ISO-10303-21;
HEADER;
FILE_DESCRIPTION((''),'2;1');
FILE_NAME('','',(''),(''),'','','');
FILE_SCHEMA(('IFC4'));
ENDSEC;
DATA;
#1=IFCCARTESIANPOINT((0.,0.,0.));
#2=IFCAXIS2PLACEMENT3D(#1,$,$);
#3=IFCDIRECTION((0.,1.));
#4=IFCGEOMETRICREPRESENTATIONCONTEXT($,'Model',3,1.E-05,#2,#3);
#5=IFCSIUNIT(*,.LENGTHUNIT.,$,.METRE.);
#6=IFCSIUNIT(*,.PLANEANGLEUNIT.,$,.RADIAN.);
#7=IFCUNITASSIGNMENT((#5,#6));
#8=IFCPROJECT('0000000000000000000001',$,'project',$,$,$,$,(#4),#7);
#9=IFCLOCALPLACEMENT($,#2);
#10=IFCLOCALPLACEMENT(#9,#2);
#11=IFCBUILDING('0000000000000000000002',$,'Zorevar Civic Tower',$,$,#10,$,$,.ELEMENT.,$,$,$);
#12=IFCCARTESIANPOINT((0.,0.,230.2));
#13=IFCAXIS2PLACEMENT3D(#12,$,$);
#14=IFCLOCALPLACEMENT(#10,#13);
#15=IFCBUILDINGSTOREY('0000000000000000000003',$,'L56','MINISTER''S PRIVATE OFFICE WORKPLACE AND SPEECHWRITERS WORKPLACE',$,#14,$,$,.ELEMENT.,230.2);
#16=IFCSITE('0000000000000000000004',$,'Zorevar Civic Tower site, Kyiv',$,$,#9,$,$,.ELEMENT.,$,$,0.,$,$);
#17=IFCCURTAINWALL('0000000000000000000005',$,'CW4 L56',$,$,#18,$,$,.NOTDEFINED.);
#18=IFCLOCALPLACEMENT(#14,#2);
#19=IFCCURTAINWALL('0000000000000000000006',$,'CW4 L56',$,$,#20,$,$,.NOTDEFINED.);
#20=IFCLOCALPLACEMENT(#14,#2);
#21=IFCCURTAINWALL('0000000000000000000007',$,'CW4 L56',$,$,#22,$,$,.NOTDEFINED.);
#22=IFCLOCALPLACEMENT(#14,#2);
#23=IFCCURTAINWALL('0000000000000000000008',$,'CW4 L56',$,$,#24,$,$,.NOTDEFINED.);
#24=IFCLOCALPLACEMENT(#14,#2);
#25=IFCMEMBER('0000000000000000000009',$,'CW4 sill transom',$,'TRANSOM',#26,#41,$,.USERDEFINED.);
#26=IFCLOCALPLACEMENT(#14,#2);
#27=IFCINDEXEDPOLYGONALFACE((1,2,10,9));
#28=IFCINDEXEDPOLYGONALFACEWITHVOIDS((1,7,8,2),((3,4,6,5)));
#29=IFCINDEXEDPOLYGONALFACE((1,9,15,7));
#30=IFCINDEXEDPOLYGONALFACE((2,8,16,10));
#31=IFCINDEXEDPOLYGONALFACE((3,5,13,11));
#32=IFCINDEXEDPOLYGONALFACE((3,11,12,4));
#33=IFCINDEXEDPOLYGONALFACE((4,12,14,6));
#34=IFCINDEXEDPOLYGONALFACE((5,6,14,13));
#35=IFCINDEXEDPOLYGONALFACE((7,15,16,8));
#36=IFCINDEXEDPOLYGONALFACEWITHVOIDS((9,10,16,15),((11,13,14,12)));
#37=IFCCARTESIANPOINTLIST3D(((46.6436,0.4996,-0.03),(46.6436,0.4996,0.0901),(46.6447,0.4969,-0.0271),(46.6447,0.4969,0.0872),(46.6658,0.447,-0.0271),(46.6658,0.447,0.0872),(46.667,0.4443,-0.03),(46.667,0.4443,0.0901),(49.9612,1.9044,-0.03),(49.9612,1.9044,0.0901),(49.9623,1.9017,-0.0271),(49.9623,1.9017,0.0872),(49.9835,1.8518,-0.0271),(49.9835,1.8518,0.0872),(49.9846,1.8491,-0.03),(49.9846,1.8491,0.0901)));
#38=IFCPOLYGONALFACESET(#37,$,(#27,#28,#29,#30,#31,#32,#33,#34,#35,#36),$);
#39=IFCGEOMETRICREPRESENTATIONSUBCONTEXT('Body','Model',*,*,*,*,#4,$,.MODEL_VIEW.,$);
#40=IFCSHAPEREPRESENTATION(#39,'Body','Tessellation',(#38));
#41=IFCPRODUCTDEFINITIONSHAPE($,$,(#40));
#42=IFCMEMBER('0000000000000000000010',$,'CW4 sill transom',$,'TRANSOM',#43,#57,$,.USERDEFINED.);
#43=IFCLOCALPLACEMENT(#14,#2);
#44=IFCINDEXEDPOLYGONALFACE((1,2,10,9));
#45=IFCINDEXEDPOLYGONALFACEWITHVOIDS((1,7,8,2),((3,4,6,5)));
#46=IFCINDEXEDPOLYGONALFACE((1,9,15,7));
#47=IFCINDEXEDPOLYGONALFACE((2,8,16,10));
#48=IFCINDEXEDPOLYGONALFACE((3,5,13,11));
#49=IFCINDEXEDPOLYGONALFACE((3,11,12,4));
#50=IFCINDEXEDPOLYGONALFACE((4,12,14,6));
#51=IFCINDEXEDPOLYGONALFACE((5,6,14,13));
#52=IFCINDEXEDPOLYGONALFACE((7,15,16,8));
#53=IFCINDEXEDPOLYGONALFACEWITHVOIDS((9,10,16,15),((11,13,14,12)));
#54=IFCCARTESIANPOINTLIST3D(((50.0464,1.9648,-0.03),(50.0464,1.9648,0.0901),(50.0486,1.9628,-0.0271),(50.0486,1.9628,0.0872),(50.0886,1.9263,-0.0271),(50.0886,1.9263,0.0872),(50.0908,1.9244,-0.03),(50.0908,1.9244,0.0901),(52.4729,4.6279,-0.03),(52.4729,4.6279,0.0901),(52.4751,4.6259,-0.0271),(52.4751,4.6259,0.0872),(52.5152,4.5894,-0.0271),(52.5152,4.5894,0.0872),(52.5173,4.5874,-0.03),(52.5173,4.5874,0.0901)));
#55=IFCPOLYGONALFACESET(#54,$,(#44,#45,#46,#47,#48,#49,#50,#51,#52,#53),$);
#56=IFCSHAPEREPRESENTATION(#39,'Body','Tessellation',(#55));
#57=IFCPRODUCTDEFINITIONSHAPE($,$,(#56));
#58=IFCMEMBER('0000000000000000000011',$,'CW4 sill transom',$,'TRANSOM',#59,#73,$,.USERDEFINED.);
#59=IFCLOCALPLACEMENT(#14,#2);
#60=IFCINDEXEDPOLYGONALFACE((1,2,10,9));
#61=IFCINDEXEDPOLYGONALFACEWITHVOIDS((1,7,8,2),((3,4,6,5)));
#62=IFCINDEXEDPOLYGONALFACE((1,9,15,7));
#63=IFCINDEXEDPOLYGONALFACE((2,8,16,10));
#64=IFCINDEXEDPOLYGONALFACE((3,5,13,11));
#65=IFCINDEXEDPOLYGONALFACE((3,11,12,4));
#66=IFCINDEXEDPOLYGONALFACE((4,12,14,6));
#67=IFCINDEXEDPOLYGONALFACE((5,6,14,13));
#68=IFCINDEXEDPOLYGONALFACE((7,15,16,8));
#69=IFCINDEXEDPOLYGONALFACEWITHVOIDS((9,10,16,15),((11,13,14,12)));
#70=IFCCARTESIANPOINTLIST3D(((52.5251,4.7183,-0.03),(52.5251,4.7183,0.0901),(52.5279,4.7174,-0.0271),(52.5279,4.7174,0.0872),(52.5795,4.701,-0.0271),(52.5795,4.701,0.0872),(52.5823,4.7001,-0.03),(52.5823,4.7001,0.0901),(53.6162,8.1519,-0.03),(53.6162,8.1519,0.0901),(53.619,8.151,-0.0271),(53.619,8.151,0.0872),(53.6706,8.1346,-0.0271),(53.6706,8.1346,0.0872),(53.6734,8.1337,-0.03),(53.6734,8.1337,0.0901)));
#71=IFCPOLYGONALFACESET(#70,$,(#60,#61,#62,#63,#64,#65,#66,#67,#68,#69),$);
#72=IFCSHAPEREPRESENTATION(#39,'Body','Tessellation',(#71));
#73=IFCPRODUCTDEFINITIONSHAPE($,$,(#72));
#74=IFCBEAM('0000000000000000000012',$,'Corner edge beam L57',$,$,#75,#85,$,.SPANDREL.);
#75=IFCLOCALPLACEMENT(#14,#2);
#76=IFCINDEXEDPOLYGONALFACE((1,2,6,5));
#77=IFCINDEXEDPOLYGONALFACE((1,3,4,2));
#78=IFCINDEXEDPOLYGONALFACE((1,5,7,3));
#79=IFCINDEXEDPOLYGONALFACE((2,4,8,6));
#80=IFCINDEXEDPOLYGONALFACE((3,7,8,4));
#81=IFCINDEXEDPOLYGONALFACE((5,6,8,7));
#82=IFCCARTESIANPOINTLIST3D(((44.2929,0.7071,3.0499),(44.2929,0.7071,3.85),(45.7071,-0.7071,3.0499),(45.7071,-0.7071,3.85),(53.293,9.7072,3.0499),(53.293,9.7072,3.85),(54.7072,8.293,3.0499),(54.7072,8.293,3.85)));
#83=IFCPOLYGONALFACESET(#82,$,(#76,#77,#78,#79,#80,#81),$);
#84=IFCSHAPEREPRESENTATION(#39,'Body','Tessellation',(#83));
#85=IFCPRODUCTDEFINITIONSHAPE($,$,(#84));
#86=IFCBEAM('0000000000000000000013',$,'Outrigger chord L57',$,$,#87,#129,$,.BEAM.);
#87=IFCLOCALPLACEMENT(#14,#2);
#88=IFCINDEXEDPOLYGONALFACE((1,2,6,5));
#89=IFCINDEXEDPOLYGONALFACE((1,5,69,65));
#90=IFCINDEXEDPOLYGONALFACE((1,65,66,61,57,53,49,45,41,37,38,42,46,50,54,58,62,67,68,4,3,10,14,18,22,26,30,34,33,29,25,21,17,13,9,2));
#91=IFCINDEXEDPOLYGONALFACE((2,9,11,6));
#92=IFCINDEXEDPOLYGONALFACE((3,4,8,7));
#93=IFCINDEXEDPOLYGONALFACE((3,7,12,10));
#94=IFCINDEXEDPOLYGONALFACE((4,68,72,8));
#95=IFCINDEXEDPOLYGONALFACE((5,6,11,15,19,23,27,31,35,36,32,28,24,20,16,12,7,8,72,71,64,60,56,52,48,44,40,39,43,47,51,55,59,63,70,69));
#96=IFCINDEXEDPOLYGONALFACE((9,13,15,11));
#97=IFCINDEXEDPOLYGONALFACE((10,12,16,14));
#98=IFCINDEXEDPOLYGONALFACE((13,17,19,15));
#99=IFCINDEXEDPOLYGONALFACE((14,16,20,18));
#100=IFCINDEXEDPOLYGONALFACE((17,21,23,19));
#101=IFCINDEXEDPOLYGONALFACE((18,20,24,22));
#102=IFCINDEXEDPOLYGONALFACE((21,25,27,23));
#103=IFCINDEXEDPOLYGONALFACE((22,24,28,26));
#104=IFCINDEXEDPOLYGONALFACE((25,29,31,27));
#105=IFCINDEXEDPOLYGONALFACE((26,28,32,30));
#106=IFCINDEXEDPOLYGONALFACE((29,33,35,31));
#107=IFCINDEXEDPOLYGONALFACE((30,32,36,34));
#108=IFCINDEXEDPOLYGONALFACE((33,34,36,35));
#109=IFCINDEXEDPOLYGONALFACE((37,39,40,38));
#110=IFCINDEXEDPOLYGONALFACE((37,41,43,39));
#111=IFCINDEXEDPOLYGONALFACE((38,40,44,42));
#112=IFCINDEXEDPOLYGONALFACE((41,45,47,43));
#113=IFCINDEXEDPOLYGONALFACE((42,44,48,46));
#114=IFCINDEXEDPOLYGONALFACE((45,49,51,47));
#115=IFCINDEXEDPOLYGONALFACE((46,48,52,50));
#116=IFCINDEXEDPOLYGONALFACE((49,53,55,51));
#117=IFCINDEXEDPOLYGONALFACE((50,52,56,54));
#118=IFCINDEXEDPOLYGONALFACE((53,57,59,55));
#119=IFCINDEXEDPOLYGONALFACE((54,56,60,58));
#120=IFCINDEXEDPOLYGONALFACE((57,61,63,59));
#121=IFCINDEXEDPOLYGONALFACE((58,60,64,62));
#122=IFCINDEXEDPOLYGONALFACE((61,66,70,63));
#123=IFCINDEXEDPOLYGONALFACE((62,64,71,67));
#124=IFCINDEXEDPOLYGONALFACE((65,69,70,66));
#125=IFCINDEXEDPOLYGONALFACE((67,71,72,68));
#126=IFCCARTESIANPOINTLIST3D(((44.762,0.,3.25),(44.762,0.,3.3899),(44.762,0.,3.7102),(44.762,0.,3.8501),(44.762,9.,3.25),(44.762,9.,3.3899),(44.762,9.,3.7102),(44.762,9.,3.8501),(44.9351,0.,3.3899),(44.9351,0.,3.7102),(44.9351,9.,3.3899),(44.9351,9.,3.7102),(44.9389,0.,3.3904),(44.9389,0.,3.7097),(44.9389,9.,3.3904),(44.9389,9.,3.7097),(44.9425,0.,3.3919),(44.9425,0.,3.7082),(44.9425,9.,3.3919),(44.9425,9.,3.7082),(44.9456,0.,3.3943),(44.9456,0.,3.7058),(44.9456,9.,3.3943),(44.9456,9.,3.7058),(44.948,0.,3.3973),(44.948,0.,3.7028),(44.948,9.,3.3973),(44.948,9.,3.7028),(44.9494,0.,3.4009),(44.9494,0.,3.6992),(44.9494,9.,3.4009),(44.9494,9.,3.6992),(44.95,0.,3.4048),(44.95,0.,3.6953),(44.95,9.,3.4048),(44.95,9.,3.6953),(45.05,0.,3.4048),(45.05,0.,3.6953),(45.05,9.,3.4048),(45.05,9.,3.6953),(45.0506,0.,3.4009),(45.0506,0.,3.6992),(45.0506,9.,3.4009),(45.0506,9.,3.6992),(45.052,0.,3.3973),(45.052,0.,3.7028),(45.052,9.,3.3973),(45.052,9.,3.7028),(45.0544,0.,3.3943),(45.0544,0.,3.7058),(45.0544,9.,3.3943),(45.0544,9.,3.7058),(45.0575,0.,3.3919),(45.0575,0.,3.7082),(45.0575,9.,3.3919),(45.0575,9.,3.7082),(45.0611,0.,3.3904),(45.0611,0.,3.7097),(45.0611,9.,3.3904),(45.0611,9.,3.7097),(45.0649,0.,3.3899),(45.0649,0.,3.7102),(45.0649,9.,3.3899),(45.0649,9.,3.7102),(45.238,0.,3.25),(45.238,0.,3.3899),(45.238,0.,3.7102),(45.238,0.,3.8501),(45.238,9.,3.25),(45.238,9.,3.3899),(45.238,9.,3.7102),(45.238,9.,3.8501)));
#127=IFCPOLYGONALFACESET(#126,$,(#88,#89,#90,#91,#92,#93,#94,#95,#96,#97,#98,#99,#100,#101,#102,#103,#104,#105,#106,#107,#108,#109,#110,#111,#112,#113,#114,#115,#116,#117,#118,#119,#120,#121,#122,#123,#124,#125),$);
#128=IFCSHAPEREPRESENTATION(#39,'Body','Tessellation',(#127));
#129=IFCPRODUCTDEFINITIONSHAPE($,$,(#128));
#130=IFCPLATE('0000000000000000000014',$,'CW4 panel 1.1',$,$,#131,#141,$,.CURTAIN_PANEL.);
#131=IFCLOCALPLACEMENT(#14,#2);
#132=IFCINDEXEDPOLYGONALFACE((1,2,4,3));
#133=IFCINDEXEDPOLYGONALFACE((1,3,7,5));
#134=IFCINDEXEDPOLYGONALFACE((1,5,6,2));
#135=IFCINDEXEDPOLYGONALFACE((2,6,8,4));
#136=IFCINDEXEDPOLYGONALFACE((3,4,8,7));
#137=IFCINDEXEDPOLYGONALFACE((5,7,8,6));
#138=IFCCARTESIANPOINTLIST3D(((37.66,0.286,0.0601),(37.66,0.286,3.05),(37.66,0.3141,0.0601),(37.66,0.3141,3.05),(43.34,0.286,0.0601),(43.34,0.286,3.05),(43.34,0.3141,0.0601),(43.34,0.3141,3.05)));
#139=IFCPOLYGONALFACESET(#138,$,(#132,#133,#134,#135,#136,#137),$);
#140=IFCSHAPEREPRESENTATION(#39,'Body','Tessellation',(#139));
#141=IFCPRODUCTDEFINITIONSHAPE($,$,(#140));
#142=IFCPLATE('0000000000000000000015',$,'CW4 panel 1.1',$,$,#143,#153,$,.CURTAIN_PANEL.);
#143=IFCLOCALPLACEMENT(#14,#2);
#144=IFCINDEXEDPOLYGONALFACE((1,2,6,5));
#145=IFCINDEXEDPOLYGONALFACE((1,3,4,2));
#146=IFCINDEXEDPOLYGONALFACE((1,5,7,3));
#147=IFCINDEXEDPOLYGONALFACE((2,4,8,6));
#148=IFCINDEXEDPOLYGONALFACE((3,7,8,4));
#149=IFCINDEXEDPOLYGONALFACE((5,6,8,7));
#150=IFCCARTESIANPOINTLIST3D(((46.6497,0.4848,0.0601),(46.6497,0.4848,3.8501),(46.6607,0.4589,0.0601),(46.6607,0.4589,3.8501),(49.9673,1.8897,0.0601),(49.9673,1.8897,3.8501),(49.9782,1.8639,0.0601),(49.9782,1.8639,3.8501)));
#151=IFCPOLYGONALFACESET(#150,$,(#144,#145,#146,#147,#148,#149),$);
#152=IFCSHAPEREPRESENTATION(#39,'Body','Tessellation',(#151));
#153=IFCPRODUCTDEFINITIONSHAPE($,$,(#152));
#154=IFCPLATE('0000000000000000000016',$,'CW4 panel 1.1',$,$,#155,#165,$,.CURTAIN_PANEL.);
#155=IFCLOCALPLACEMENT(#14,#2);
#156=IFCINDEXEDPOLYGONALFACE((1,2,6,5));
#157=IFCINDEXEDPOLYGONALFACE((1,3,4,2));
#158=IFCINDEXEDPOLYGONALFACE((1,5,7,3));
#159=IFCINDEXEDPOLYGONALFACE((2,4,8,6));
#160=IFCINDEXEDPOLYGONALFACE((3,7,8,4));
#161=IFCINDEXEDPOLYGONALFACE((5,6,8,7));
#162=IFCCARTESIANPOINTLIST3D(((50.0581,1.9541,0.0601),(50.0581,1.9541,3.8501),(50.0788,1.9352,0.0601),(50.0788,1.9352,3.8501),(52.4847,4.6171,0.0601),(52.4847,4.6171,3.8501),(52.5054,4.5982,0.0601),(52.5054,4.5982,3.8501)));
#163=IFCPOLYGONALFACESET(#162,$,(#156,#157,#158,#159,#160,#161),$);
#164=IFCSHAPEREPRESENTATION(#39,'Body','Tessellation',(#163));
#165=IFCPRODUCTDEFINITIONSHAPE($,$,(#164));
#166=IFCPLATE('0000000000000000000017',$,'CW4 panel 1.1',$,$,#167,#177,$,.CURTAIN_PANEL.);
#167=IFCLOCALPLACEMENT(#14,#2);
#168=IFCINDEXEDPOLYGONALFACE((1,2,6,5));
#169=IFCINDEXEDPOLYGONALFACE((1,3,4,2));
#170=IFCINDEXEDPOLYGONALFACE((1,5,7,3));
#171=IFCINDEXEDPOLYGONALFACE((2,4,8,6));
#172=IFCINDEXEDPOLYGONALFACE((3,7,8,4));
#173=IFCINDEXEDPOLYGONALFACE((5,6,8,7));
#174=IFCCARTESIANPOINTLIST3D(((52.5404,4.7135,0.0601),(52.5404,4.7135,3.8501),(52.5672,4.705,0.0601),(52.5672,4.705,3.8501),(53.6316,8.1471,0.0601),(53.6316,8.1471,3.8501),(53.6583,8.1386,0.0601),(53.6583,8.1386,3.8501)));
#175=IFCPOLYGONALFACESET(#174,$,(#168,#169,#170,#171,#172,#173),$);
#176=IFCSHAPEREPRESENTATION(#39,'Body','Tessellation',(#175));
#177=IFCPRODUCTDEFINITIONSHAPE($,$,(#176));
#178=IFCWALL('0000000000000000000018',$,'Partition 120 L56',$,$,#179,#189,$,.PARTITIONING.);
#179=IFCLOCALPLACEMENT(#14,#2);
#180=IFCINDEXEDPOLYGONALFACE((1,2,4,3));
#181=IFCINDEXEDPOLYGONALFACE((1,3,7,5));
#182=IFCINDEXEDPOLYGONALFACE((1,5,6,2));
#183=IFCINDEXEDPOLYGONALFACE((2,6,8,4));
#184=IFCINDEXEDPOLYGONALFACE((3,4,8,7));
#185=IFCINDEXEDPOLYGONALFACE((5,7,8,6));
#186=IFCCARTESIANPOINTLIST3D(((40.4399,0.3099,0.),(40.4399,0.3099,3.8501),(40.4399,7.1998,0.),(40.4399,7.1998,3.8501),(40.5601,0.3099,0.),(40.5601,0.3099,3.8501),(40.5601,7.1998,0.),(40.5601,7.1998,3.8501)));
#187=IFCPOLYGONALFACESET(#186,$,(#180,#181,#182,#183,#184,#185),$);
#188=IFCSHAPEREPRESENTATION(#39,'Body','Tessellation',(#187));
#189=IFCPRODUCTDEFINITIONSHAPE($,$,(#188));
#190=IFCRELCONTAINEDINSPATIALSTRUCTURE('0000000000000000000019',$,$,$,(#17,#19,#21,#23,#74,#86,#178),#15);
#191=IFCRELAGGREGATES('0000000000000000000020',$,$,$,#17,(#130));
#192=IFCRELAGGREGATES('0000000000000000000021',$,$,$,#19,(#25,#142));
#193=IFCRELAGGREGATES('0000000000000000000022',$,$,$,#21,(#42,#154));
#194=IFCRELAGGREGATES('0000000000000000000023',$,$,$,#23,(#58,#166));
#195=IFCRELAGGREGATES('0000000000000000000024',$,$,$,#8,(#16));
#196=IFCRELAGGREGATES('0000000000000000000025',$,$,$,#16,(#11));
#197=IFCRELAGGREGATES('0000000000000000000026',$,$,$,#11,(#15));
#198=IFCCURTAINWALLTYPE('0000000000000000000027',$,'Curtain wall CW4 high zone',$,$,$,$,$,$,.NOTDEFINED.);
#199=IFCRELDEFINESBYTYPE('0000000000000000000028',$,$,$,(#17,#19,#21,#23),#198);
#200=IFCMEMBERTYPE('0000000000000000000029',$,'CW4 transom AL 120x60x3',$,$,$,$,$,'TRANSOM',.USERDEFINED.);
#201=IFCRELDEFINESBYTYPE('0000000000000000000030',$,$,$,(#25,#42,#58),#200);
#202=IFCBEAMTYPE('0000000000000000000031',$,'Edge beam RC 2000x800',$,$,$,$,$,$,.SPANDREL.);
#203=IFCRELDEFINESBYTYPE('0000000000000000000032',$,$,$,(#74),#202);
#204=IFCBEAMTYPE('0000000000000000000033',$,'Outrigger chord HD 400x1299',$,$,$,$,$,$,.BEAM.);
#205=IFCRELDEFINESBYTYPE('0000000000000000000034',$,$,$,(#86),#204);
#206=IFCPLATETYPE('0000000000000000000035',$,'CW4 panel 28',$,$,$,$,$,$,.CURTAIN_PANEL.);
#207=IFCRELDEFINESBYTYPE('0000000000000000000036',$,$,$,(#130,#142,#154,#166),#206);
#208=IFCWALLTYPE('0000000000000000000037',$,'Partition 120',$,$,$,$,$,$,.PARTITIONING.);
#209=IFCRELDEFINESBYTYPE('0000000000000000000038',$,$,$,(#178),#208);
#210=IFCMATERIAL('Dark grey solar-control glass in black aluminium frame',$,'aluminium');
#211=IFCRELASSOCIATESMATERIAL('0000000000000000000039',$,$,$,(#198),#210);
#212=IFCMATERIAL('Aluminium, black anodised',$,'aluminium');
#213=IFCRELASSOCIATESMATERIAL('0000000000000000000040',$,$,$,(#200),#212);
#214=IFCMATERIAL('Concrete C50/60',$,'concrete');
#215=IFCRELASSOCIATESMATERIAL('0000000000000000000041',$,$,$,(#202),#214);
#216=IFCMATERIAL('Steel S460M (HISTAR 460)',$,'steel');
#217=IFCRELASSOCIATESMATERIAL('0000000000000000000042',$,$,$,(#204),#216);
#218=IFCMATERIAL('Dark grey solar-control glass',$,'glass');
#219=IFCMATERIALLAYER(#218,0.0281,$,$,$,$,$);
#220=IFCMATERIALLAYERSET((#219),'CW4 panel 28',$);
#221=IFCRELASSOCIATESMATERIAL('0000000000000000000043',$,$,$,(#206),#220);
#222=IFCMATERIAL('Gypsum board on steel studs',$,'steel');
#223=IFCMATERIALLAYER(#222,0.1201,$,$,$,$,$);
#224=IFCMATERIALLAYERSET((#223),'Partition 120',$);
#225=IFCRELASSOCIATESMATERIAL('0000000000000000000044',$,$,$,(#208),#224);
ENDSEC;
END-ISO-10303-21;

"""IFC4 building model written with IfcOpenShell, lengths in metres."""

from ifc_helpers import new_model, si_unit, direction, frame, frame_2d, origin, origin_2d, place, context, subcontext, project, spatial, rectangle, hollow_rectangle, i_section, extrude, material, layer, layer_set, material_profile, profile_set, type_object, element, aggregate, save


model = new_model("IFC4")

# Units and contexts
model_context = context("Model", 3, precision=1e-05, world=origin(), true_north=direction((0.0, 1.0)))
body_context = subcontext(model_context, "Body", "Model", "MODEL_VIEW")
ifc_project = project(units=[si_unit("LENGTHUNIT", "METRE"), si_unit("PLANEANGLEUNIT", "RADIAN")], contexts=[model_context])

# Site, building, storey
site_placement = place(None, origin())
site = spatial("IfcSite", under=ifc_project, at=site_placement, Name="Zorevar Civic Tower site, Kyiv", CompositionType="ELEMENT", RefElevation=0.0)
building_placement = place(site_placement, origin())
building = spatial("IfcBuilding", under=site, at=building_placement, Name="Zorevar Civic Tower", CompositionType="ELEMENT")
storey_placement = place(building_placement, frame((0.0, 0.0, 230.2)))
storey = spatial("IfcBuildingStorey", under=building, at=storey_placement, Name="L56", Description="MINISTER'S PRIVATE OFFICE WORKPLACE AND SPEECHWRITERS WORKPLACE", CompositionType="ELEMENT", Elevation=230.2)

# Curtain walls
ifc_material_1 = material(Name="Dark grey solar-control glass in black aluminium frame", Category="aluminium")
curtain_wall_type = type_object("IfcCurtainWallType", Name="Curtain wall CW4 high zone", PredefinedType="NOTDEFINED", material=ifc_material_1)
curtain_wall_1_placement = place(storey_placement, origin())
curtain_wall_1 = element("IfcCurtainWall", 1, at=curtain_wall_1_placement, inside=storey, type_object=curtain_wall_type, Name="CW4 L56", PredefinedType="NOTDEFINED")
curtain_wall_2_placement = place(storey_placement, origin())
curtain_wall_2 = element("IfcCurtainWall", 2, at=curtain_wall_2_placement, inside=storey, type_object=curtain_wall_type, Name="CW4 L56", PredefinedType="NOTDEFINED")
curtain_wall_3_placement = place(storey_placement, origin())
curtain_wall_3 = element("IfcCurtainWall", 3, at=curtain_wall_3_placement, inside=storey, type_object=curtain_wall_type, Name="CW4 L56", PredefinedType="NOTDEFINED")
curtain_wall_4_placement = place(storey_placement, origin())
curtain_wall_4 = element("IfcCurtainWall", 4, at=curtain_wall_4_placement, inside=storey, type_object=curtain_wall_type, Name="CW4 L56", PredefinedType="NOTDEFINED")

# Members
ifc_material_2 = material(Name="Aluminium, black anodised", Category="aluminium")
ifc_material_profile_1 = material_profile(ifc_material_2, hollow_rectangle(XDim=0.0601, YDim=0.1201, WallThickness=0.0029, at=origin_2d()), Name="AL 120x60x3")
ifc_profile_set_1 = profile_set([ifc_material_profile_1], Name="Aluminium, black anodised")
member_type_1 = type_object("IfcMemberType", Name="CW4 transom AL 120x60x3", ElementType="TRANSOM", PredefinedType="USERDEFINED", material=ifc_profile_set_1)
member_1_placement = place(storey_placement, frame((46.6553, 0.4719, 0.03), z_axis=(0.92085, 0.389916, 0.0), x_axis=(-0.389916, 0.92085, 0.0)))
member_1 = element("IfcMember", 5, at=member_1_placement, type_object=member_type_1, Name="CW4 sill transom", ObjectType="TRANSOM", PredefinedType="USERDEFINED", context=body_context, shape_type="SweptSolid", body=[
    extrude(hollow_rectangle(XDim=0.0601, YDim=0.1201, WallThickness=0.0029, at=origin_2d()), origin(), (0.0, 0.0, 1.0), 3.6028),
])
member_2_placement = place(storey_placement, frame((50.0686, 1.9446, 0.03), z_axis=(0.673512, 0.739176, 0.0), x_axis=(-0.739176, 0.673512, 0.0)))
member_2 = element("IfcMember", 6, at=member_2_placement, type_object=member_type_1, Name="CW4 sill transom", ObjectType="TRANSOM", PredefinedType="USERDEFINED", context=body_context, shape_type="SweptSolid", body=[
    extrude(hollow_rectangle(XDim=0.0601, YDim=0.1201, WallThickness=0.0029, at=origin_2d()), origin(), (0.0, 0.0, 1.0), 3.6028),
])
member_3_placement = place(storey_placement, frame((52.5537, 4.7092, 0.03), z_axis=(0.30284, 0.953041, 0.0), x_axis=(-0.953041, 0.30284, 0.0)))
member_3 = element("IfcMember", 7, at=member_3_placement, type_object=member_type_1, Name="CW4 sill transom", ObjectType="TRANSOM", PredefinedType="USERDEFINED", context=body_context, shape_type="SweptSolid", body=[
    extrude(hollow_rectangle(XDim=0.0601, YDim=0.1201, WallThickness=0.0029, at=origin_2d()), origin(), (0.0, 0.0, 1.0), 3.6028),
])

# Beams
ifc_material_3 = material(Name="Concrete C50/60", Category="concrete")
ifc_material_profile_2 = material_profile(ifc_material_3, rectangle(XDim=2.0, YDim=0.8, at=origin_2d()), Name="RC 2000x800")
ifc_profile_set_2 = profile_set([ifc_material_profile_2], Name="Concrete C50/60")
beam_type_1 = type_object("IfcBeamType", Name="Edge beam RC 2000x800", PredefinedType="SPANDREL", material=ifc_profile_set_2)
beam_1_placement = place(storey_placement, frame((45.0, 0.0, 3.45), z_axis=(0.707107, 0.707107, 0.0), x_axis=(-0.707107, 0.707107, 0.0)))
element("IfcBeam", 8, at=beam_1_placement, inside=storey, type_object=beam_type_1, Name="Corner edge beam L57", PredefinedType="SPANDREL", context=body_context, shape_type="SweptSolid", body=[
    extrude(rectangle(XDim=2.0, YDim=0.8, at=origin_2d()), origin(), (0.0, 0.0, 1.0), 12.728),
])
ifc_material_4 = material(Name="Steel S460M (HISTAR 460)", Category="steel")
ifc_material_profile_3 = material_profile(ifc_material_4, i_section(OverallWidth=0.4761, OverallDepth=0.6001, WebThickness=0.1001, FlangeThickness=0.1399, FilletRadius=0.0149, at=origin_2d()), Name="HD 400x1299")
ifc_profile_set_3 = profile_set([ifc_material_profile_3], Name="Steel S460M (HISTAR 460)")
beam_type_2 = type_object("IfcBeamType", Name="Outrigger chord HD 400x1299", PredefinedType="BEAM", material=ifc_profile_set_3)
beam_2_placement = place(storey_placement, frame((45.0, 0.0, 3.55), z_axis=(0.0, 1.0, 0.0), x_axis=(-1.0, 0.0, 0.0)))
element("IfcBeam", 9, at=beam_2_placement, inside=storey, type_object=beam_type_2, Name="Outrigger chord L57", PredefinedType="BEAM", context=body_context, shape_type="SweptSolid", body=[
    extrude(i_section(OverallWidth=0.4761, OverallDepth=0.6001, WebThickness=0.1001, FlangeThickness=0.1399, FilletRadius=0.0149, at=origin_2d()), origin(), (0.0, 0.0, 1.0), 9.0),
])

# Plates
ifc_material_5 = material(Name="Dark grey solar-control glass", Category="glass")
ifc_layer_1 = layer(ifc_material_5, 0.0281)
ifc_layer_set_1 = layer_set([ifc_layer_1], Name="CW4 panel 28")
plate_type = type_object("IfcPlateType", Name="CW4 panel 28", PredefinedType="CURTAIN_PANEL", material=ifc_layer_set_1)
plate_1_placement = place(storey_placement, frame((40.5, 0.3, 0.0601), z_axis=(0.0, 0.0, 1.0), x_axis=(1.0, 0.0, 0.0)))
plate_1 = element("IfcPlate", 10, at=plate_1_placement, type_object=plate_type, Name="CW4 panel 1.1", PredefinedType="CURTAIN_PANEL", context=body_context, shape_type="SweptSolid", body=[
    extrude(rectangle(XDim=5.6799, YDim=0.0281, at=origin_2d()), origin(), (0.0, 0.0, 1.0), 2.99),
])
aggregate(curtain_wall_1, [plate_1])
plate_2_placement = place(storey_placement, frame((48.314, 1.1743, 0.0601), z_axis=(0.0, 0.0, 1.0), x_axis=(0.92083, 0.389965, 0.0)))
plate_2 = element("IfcPlate", 11, at=plate_2_placement, type_object=plate_type, Name="CW4 panel 1.1", PredefinedType="CURTAIN_PANEL", context=body_context, shape_type="SweptSolid", body=[
    extrude(rectangle(XDim=3.6028, YDim=0.0281, at=origin_2d()), origin(), (0.0, 0.0, 1.0), 3.79),
])
aggregate(curtain_wall_2, [member_1, plate_2])
plate_3_placement = place(storey_placement, frame((51.2817, 3.2761, 0.0601), z_axis=(0.0, 0.0, 1.0), x_axis=(0.673533, 0.739157, 0.0)))
plate_3 = element("IfcPlate", 12, at=plate_3_placement, type_object=plate_type, Name="CW4 panel 1.1", PredefinedType="CURTAIN_PANEL", context=body_context, shape_type="SweptSolid", body=[
    extrude(rectangle(XDim=3.6028, YDim=0.0281, at=origin_2d()), origin(), (0.0, 0.0, 1.0), 3.79),
])
aggregate(curtain_wall_3, [member_2, plate_3])
plate_4_placement = place(storey_placement, frame((53.0994, 6.426, 0.0601), z_axis=(0.0, 0.0, 1.0), x_axis=(0.302859, 0.953035, 0.0)))
plate_4 = element("IfcPlate", 13, at=plate_4_placement, type_object=plate_type, Name="CW4 panel 1.1", PredefinedType="CURTAIN_PANEL", context=body_context, shape_type="SweptSolid", body=[
    extrude(rectangle(XDim=3.6028, YDim=0.0281, at=origin_2d()), origin(), (0.0, 0.0, 1.0), 3.79),
])
aggregate(curtain_wall_4, [member_3, plate_4])

# Wall
ifc_material_6 = material(Name="Gypsum board on steel studs", Category="steel")
ifc_layer_2 = layer(ifc_material_6, 0.1201)
ifc_layer_set_2 = layer_set([ifc_layer_2], Name="Partition 120")
wall_type = type_object("IfcWallType", Name="Partition 120", PredefinedType="PARTITIONING", material=ifc_layer_set_2)
wall_placement = place(storey_placement, frame((40.5, 0.3101, 0.0), z_axis=(0.0, 0.0, 1.0), x_axis=(0.0, 1.0, 0.0)))
element("IfcWall", 14, at=wall_placement, inside=storey, type_object=wall_type, Name="Partition 120 L56", PredefinedType="PARTITIONING", context=body_context, shape_type="SweptSolid", body=[
    extrude(rectangle(XDim=6.8899, YDim=0.1201, at=frame_2d((3.4448, 0.0))), origin(), (0.0, 0.0, 1.0), 3.8501),
])

save(model, "model.ifc")
